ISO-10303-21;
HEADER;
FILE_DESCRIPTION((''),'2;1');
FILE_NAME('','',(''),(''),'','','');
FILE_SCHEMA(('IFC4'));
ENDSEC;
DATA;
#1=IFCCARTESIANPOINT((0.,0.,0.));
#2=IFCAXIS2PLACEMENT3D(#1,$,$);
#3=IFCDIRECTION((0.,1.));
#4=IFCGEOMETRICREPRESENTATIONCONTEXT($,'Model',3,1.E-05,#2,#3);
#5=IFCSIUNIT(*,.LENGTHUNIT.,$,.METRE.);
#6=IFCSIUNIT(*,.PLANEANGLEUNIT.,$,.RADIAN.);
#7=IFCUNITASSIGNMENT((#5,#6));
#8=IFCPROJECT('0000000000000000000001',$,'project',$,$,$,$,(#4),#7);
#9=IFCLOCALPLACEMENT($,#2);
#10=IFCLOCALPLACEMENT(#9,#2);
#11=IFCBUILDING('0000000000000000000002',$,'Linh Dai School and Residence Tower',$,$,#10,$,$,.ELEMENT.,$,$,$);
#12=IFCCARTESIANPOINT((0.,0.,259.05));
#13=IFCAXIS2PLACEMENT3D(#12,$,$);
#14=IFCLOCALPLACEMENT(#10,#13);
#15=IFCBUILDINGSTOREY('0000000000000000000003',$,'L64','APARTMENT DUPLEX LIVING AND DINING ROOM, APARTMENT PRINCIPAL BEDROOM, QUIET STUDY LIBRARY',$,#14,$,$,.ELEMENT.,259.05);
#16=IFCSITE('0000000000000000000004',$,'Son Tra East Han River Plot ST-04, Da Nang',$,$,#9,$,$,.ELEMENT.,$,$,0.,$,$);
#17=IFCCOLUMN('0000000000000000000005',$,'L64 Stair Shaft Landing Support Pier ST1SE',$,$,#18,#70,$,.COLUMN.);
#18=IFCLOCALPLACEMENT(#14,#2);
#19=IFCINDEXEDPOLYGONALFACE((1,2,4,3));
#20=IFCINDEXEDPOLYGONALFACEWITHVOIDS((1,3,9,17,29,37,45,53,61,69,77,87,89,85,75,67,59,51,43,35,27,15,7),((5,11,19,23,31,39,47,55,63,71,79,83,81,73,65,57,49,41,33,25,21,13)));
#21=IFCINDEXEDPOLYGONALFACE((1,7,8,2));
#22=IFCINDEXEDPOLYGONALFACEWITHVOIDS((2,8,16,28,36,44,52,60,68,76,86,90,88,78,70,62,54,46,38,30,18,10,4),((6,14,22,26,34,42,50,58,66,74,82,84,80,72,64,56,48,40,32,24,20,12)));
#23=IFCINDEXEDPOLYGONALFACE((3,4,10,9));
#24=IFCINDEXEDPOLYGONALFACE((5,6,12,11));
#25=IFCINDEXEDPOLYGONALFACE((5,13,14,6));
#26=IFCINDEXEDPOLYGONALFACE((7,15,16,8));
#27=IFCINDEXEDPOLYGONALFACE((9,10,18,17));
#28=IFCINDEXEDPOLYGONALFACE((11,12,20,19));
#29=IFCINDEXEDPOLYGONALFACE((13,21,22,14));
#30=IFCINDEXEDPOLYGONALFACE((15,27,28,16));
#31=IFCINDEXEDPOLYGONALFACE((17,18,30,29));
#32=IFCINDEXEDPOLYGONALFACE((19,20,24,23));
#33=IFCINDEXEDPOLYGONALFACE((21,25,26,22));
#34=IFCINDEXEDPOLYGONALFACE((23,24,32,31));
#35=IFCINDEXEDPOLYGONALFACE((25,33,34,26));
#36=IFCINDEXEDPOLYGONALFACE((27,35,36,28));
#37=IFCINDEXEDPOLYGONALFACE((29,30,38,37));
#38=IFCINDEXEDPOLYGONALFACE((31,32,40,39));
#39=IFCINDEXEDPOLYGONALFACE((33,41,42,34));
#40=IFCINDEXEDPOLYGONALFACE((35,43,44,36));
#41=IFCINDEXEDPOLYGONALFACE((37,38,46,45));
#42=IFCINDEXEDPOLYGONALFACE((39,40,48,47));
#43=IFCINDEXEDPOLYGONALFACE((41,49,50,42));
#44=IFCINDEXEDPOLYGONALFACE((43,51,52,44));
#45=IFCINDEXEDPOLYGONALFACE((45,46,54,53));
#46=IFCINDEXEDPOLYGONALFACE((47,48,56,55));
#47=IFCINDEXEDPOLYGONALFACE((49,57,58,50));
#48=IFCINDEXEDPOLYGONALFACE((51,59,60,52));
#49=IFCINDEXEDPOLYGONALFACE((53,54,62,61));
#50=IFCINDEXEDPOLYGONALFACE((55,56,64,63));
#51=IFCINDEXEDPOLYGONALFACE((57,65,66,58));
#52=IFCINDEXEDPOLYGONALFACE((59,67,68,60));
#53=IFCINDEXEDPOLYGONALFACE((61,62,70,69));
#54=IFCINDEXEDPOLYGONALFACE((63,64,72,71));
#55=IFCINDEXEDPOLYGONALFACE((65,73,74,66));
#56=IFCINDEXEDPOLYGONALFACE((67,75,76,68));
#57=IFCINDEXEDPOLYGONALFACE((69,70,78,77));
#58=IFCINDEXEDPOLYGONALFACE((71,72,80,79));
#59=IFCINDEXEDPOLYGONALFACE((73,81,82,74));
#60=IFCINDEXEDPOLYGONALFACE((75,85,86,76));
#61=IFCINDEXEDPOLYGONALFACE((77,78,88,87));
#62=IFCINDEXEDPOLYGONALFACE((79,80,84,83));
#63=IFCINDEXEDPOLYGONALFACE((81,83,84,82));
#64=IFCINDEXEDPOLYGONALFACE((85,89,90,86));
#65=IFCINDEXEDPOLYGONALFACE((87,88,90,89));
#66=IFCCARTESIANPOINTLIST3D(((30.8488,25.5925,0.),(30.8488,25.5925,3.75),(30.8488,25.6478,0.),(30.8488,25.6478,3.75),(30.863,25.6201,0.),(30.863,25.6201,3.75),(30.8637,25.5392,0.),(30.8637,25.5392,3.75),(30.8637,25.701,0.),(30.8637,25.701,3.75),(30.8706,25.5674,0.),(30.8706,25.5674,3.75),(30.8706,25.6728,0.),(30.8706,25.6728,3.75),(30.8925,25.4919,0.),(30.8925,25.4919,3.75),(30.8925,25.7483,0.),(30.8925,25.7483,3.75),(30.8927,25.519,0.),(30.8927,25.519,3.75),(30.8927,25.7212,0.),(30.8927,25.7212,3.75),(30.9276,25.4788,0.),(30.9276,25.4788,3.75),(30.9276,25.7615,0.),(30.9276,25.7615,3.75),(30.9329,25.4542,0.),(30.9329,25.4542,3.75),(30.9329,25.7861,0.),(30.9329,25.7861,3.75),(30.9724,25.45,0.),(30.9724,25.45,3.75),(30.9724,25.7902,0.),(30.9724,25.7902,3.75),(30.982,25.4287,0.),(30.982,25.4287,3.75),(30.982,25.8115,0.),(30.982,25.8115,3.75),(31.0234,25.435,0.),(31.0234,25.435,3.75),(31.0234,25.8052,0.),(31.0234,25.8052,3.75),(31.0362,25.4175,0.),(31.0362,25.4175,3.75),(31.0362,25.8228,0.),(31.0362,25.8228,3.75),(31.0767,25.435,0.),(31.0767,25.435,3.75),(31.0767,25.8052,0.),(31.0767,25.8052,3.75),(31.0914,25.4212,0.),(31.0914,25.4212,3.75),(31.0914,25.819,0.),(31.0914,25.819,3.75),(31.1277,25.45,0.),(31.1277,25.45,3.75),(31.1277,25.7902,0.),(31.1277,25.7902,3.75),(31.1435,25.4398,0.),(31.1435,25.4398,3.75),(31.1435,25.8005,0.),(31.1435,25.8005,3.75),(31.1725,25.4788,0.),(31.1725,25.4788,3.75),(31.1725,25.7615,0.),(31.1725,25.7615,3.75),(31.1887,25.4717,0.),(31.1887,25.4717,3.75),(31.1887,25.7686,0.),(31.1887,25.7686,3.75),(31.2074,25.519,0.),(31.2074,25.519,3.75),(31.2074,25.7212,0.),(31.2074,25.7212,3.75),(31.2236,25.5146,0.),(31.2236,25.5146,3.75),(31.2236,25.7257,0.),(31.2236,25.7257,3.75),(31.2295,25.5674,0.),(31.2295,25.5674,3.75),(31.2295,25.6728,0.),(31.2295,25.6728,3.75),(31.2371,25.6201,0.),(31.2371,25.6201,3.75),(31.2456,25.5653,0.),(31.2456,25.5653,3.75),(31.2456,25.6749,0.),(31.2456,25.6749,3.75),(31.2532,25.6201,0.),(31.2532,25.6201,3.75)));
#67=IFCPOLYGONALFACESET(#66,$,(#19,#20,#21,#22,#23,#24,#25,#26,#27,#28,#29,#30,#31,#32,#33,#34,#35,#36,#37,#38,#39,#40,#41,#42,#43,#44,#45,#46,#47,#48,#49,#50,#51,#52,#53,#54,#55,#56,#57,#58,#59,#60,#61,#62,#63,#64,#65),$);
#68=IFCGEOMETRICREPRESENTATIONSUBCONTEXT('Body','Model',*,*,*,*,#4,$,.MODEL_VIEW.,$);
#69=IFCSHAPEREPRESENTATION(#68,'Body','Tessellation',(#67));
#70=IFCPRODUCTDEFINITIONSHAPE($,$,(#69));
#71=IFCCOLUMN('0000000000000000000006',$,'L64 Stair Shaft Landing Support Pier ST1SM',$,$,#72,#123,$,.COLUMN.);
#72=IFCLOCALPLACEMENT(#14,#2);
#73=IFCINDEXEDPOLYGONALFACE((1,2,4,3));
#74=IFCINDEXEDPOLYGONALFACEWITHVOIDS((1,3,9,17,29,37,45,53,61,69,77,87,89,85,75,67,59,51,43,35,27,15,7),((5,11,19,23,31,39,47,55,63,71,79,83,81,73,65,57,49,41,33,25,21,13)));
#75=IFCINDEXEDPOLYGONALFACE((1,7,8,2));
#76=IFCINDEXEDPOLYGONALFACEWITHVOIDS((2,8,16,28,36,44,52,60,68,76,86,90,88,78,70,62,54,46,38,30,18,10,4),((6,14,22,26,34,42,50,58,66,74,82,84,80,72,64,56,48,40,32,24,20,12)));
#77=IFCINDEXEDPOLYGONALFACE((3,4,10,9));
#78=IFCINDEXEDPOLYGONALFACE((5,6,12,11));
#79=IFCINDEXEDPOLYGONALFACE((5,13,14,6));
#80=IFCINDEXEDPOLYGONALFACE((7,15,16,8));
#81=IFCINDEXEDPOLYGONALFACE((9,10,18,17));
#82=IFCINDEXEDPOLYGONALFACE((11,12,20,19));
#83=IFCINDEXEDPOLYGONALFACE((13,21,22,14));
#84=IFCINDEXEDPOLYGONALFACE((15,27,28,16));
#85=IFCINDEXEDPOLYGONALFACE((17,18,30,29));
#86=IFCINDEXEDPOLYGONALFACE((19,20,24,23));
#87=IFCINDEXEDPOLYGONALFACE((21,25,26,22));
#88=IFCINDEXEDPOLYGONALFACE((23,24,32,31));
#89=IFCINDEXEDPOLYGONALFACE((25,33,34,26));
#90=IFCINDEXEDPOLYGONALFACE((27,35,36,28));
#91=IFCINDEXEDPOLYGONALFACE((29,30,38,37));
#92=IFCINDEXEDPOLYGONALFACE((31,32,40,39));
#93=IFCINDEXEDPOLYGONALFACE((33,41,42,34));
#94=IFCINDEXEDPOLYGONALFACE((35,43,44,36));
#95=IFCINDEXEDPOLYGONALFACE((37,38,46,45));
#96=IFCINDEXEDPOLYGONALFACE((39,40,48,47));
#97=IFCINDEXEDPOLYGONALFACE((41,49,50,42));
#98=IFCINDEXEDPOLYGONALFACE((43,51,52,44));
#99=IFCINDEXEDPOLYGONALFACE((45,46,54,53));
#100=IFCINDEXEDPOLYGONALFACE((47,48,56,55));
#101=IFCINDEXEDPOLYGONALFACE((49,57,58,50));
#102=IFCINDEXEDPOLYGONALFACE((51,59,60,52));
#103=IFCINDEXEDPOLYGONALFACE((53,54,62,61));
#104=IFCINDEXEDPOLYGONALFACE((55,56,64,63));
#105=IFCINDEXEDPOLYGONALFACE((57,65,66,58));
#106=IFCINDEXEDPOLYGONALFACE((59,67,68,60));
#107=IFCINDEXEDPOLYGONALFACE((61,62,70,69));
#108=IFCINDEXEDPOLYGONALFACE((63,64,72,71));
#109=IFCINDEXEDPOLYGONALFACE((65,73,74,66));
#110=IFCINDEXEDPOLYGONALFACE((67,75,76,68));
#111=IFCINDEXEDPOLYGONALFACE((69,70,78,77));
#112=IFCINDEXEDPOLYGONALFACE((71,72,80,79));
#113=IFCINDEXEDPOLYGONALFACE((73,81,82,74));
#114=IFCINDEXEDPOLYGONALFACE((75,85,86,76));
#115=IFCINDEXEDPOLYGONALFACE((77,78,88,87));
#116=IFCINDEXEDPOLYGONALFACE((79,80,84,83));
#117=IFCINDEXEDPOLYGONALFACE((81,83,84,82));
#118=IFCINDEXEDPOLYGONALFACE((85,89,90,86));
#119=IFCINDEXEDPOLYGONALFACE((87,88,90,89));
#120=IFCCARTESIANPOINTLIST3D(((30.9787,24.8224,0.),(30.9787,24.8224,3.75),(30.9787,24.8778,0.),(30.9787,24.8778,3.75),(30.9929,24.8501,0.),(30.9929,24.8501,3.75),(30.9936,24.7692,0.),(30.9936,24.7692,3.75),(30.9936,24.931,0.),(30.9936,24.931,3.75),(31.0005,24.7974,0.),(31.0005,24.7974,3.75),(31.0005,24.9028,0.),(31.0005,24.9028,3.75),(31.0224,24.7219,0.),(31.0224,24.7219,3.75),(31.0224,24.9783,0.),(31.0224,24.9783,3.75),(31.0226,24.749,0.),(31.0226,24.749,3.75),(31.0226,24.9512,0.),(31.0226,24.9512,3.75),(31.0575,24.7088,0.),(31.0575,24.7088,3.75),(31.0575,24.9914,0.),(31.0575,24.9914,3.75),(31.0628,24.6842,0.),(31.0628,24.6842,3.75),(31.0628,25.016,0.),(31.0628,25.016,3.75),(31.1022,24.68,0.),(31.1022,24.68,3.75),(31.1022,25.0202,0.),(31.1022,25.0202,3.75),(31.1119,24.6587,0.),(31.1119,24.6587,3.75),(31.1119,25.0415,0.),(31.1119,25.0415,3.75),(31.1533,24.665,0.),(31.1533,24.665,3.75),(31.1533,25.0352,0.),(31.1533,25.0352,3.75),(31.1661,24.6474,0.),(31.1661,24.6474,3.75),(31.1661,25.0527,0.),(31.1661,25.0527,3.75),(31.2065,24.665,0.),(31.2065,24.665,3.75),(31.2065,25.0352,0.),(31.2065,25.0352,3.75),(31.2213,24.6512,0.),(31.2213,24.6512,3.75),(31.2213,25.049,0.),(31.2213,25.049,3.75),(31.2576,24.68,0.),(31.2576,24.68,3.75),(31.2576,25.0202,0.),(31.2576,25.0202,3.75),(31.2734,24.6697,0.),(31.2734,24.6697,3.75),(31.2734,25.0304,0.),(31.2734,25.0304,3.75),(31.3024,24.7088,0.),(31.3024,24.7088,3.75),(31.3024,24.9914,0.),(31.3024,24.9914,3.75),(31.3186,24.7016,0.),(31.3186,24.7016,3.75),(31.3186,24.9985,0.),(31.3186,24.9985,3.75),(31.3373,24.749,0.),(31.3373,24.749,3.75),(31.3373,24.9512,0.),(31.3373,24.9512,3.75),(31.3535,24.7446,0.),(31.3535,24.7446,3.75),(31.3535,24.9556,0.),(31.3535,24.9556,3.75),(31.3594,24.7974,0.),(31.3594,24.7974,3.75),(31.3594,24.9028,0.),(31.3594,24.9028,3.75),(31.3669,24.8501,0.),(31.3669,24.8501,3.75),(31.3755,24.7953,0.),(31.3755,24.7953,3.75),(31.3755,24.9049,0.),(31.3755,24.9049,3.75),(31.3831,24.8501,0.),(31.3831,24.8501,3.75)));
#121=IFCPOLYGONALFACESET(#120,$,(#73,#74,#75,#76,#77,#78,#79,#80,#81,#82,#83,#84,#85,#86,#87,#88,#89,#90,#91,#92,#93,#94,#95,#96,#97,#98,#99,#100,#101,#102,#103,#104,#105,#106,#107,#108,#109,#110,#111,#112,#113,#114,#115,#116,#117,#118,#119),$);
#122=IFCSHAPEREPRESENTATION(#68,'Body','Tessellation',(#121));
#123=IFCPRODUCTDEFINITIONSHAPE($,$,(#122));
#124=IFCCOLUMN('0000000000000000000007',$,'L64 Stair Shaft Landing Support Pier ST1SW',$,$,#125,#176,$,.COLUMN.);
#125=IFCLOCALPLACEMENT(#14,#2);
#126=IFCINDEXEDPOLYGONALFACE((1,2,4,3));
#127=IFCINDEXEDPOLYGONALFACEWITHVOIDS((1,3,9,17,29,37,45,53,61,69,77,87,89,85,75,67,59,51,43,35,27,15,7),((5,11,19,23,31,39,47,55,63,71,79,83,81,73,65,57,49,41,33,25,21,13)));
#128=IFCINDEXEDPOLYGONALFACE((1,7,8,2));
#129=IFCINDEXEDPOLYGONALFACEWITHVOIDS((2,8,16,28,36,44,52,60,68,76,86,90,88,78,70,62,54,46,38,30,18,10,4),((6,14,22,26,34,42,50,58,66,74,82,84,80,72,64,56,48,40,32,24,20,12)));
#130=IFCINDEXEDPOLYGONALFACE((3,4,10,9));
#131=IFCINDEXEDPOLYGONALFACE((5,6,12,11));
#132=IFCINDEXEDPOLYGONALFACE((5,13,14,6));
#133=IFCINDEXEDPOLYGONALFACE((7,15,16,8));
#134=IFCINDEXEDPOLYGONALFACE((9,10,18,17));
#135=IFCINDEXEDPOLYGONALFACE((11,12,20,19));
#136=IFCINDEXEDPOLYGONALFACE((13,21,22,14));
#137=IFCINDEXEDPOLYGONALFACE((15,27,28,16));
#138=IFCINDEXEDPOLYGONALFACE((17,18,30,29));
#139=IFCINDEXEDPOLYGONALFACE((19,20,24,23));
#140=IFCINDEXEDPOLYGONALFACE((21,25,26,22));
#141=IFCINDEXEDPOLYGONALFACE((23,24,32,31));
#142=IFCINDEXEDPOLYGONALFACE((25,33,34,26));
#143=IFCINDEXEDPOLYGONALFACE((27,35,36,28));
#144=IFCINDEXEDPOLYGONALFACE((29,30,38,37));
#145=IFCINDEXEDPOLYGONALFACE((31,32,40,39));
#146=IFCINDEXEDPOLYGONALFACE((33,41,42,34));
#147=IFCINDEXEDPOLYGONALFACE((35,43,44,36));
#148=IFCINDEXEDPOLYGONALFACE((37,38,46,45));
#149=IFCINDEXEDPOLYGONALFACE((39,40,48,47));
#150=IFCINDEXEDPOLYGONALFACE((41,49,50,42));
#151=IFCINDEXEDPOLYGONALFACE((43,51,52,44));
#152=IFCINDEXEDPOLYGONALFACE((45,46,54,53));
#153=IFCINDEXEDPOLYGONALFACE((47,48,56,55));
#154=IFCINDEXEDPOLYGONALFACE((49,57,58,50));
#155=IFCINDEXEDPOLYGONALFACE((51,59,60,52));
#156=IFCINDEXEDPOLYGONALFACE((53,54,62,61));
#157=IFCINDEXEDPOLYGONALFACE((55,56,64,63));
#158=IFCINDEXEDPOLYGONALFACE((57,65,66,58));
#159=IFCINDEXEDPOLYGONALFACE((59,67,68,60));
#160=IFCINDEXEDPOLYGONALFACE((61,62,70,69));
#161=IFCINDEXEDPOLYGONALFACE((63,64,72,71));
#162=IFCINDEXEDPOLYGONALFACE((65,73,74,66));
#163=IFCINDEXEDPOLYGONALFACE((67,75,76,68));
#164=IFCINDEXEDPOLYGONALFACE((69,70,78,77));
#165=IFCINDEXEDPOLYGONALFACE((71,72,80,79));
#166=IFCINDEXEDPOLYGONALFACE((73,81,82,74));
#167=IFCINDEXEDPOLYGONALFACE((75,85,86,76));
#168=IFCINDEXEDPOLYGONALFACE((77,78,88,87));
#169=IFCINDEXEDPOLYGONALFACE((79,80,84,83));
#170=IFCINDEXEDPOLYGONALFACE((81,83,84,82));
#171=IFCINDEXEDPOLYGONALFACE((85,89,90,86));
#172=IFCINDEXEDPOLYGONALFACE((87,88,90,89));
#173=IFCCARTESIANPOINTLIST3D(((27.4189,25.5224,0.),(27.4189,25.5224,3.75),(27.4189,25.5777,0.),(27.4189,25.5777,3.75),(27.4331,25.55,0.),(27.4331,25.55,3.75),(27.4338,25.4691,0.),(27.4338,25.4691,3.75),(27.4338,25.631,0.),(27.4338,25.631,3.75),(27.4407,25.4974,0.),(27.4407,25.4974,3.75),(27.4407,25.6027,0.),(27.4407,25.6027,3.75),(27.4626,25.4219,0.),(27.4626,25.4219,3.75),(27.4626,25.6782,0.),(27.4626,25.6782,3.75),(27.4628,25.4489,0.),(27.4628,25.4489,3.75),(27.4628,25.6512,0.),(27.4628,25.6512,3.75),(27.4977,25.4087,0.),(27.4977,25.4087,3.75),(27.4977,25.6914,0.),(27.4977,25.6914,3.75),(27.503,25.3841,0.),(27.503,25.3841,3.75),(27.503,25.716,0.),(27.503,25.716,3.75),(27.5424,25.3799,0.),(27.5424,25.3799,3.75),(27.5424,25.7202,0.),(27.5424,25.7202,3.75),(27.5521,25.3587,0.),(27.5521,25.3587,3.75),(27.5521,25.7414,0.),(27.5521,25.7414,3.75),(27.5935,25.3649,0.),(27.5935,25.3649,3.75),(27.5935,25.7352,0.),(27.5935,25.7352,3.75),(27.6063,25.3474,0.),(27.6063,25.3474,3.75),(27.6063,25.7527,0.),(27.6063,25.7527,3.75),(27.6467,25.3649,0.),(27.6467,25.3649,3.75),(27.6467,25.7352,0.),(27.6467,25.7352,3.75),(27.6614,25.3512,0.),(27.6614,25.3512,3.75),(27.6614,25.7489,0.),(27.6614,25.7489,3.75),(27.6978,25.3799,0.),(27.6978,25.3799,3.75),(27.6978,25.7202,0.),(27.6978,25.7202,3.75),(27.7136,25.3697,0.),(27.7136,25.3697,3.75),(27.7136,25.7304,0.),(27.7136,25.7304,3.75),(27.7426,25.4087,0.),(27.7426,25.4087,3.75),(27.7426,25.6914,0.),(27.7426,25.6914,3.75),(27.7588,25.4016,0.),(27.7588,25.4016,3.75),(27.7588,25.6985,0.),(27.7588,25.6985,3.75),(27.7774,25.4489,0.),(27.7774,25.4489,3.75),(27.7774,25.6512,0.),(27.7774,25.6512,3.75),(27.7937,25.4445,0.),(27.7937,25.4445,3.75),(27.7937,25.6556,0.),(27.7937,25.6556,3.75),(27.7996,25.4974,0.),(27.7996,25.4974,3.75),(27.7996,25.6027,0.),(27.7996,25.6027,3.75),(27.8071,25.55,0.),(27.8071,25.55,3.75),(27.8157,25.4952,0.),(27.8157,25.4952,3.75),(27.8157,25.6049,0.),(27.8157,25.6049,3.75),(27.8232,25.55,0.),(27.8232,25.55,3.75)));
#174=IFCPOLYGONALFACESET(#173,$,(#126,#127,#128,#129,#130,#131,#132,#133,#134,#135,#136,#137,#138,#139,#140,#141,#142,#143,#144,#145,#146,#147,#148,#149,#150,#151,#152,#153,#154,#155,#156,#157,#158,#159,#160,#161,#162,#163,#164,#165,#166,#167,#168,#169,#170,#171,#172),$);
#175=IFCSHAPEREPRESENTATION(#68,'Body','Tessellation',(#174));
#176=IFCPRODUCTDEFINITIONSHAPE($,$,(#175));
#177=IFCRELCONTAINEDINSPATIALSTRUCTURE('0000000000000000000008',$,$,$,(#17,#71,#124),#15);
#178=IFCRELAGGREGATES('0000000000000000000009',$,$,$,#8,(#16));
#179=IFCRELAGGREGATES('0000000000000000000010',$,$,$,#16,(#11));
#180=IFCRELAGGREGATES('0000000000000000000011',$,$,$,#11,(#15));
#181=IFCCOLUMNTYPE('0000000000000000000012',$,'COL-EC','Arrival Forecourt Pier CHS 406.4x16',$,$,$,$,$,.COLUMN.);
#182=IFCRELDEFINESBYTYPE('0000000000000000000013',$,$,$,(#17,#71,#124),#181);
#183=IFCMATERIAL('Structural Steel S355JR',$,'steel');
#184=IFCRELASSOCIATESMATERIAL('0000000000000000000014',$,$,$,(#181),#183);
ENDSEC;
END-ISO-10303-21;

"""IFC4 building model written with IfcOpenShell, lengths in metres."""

from ifc_helpers import new_model, si_unit, direction, frame, origin, origin_2d, place, context, subcontext, project, spatial, hollow_circle, extrude, material, material_profile, profile_set, type_object, element, save


model = new_model("IFC4")

# Units and contexts
model_context = context("Model", 3, precision=1e-05, world=origin(), true_north=direction((0.0, 1.0)))
body_context = subcontext(model_context, "Body", "Model", "MODEL_VIEW")
ifc_project = project(units=[si_unit("LENGTHUNIT", "METRE"), si_unit("PLANEANGLEUNIT", "RADIAN")], contexts=[model_context])

# Site, building, storey
site_placement = place(None, origin())
site = spatial("IfcSite", under=ifc_project, at=site_placement, Name="Son Tra East Han River Plot ST-04, Da Nang", CompositionType="ELEMENT", RefElevation=0.0)
building_placement = place(site_placement, origin())
building = spatial("IfcBuilding", under=site, at=building_placement, Name="Linh Dai School and Residence Tower", CompositionType="ELEMENT")
storey_placement = place(building_placement, frame((0.0, 0.0, 259.05)))
storey = spatial("IfcBuildingStorey", under=building, at=storey_placement, Name="L64", Description="APARTMENT DUPLEX LIVING AND DINING ROOM, APARTMENT PRINCIPAL BEDROOM, QUIET STUDY LIBRARY", CompositionType="ELEMENT", Elevation=259.05)

# Columns
ifc_material_1 = material(Name="Structural Steel S355JR", Category="steel")
ifc_material_profile_1 = material_profile(ifc_material_1, hollow_circle(Radius=0.2031, WallThickness=0.0161, at=origin_2d()), Name="CHS 406.4x16")
ifc_profile_set_1 = profile_set([ifc_material_profile_1], Name="Structural Steel S355JR")
column_type_1 = type_object("IfcColumnType", Name="COL-EC", Description="Arrival Forecourt Pier CHS 406.4x16", PredefinedType="COLUMN", material=ifc_profile_set_1)
for number, where, z_axis, x_axis, name in (
    (1, (31.05, 25.6201, 0.0), (0.0, 0.0, 1.0), (1.0, 0.0, 0.0), "L64 Stair Shaft Landing Support Pier ST1SE"),
    (2, (31.1799, 24.8501, 0.0), (0.0, 0.0, 1.0), (1.0, 0.0, 0.0), "L64 Stair Shaft Landing Support Pier ST1SM"),
    (3, (27.6201, 25.55, 0.0), (0.0, 0.0, 1.0), (1.0, 0.0, 0.0), "L64 Stair Shaft Landing Support Pier ST1SW"),
):
    element("IfcColumn", number, at=place(storey_placement, frame(where, z_axis=z_axis, x_axis=x_axis)), inside=storey, type_object=column_type_1, Name=name, PredefinedType="COLUMN", context=body_context, shape_type="SweptSolid", body=[
        extrude(hollow_circle(Radius=0.2031, WallThickness=0.0161, at=origin_2d()), origin(), (0.0, 0.0, 1.0), 3.75),
    ])

save(model, "model.ifc")
